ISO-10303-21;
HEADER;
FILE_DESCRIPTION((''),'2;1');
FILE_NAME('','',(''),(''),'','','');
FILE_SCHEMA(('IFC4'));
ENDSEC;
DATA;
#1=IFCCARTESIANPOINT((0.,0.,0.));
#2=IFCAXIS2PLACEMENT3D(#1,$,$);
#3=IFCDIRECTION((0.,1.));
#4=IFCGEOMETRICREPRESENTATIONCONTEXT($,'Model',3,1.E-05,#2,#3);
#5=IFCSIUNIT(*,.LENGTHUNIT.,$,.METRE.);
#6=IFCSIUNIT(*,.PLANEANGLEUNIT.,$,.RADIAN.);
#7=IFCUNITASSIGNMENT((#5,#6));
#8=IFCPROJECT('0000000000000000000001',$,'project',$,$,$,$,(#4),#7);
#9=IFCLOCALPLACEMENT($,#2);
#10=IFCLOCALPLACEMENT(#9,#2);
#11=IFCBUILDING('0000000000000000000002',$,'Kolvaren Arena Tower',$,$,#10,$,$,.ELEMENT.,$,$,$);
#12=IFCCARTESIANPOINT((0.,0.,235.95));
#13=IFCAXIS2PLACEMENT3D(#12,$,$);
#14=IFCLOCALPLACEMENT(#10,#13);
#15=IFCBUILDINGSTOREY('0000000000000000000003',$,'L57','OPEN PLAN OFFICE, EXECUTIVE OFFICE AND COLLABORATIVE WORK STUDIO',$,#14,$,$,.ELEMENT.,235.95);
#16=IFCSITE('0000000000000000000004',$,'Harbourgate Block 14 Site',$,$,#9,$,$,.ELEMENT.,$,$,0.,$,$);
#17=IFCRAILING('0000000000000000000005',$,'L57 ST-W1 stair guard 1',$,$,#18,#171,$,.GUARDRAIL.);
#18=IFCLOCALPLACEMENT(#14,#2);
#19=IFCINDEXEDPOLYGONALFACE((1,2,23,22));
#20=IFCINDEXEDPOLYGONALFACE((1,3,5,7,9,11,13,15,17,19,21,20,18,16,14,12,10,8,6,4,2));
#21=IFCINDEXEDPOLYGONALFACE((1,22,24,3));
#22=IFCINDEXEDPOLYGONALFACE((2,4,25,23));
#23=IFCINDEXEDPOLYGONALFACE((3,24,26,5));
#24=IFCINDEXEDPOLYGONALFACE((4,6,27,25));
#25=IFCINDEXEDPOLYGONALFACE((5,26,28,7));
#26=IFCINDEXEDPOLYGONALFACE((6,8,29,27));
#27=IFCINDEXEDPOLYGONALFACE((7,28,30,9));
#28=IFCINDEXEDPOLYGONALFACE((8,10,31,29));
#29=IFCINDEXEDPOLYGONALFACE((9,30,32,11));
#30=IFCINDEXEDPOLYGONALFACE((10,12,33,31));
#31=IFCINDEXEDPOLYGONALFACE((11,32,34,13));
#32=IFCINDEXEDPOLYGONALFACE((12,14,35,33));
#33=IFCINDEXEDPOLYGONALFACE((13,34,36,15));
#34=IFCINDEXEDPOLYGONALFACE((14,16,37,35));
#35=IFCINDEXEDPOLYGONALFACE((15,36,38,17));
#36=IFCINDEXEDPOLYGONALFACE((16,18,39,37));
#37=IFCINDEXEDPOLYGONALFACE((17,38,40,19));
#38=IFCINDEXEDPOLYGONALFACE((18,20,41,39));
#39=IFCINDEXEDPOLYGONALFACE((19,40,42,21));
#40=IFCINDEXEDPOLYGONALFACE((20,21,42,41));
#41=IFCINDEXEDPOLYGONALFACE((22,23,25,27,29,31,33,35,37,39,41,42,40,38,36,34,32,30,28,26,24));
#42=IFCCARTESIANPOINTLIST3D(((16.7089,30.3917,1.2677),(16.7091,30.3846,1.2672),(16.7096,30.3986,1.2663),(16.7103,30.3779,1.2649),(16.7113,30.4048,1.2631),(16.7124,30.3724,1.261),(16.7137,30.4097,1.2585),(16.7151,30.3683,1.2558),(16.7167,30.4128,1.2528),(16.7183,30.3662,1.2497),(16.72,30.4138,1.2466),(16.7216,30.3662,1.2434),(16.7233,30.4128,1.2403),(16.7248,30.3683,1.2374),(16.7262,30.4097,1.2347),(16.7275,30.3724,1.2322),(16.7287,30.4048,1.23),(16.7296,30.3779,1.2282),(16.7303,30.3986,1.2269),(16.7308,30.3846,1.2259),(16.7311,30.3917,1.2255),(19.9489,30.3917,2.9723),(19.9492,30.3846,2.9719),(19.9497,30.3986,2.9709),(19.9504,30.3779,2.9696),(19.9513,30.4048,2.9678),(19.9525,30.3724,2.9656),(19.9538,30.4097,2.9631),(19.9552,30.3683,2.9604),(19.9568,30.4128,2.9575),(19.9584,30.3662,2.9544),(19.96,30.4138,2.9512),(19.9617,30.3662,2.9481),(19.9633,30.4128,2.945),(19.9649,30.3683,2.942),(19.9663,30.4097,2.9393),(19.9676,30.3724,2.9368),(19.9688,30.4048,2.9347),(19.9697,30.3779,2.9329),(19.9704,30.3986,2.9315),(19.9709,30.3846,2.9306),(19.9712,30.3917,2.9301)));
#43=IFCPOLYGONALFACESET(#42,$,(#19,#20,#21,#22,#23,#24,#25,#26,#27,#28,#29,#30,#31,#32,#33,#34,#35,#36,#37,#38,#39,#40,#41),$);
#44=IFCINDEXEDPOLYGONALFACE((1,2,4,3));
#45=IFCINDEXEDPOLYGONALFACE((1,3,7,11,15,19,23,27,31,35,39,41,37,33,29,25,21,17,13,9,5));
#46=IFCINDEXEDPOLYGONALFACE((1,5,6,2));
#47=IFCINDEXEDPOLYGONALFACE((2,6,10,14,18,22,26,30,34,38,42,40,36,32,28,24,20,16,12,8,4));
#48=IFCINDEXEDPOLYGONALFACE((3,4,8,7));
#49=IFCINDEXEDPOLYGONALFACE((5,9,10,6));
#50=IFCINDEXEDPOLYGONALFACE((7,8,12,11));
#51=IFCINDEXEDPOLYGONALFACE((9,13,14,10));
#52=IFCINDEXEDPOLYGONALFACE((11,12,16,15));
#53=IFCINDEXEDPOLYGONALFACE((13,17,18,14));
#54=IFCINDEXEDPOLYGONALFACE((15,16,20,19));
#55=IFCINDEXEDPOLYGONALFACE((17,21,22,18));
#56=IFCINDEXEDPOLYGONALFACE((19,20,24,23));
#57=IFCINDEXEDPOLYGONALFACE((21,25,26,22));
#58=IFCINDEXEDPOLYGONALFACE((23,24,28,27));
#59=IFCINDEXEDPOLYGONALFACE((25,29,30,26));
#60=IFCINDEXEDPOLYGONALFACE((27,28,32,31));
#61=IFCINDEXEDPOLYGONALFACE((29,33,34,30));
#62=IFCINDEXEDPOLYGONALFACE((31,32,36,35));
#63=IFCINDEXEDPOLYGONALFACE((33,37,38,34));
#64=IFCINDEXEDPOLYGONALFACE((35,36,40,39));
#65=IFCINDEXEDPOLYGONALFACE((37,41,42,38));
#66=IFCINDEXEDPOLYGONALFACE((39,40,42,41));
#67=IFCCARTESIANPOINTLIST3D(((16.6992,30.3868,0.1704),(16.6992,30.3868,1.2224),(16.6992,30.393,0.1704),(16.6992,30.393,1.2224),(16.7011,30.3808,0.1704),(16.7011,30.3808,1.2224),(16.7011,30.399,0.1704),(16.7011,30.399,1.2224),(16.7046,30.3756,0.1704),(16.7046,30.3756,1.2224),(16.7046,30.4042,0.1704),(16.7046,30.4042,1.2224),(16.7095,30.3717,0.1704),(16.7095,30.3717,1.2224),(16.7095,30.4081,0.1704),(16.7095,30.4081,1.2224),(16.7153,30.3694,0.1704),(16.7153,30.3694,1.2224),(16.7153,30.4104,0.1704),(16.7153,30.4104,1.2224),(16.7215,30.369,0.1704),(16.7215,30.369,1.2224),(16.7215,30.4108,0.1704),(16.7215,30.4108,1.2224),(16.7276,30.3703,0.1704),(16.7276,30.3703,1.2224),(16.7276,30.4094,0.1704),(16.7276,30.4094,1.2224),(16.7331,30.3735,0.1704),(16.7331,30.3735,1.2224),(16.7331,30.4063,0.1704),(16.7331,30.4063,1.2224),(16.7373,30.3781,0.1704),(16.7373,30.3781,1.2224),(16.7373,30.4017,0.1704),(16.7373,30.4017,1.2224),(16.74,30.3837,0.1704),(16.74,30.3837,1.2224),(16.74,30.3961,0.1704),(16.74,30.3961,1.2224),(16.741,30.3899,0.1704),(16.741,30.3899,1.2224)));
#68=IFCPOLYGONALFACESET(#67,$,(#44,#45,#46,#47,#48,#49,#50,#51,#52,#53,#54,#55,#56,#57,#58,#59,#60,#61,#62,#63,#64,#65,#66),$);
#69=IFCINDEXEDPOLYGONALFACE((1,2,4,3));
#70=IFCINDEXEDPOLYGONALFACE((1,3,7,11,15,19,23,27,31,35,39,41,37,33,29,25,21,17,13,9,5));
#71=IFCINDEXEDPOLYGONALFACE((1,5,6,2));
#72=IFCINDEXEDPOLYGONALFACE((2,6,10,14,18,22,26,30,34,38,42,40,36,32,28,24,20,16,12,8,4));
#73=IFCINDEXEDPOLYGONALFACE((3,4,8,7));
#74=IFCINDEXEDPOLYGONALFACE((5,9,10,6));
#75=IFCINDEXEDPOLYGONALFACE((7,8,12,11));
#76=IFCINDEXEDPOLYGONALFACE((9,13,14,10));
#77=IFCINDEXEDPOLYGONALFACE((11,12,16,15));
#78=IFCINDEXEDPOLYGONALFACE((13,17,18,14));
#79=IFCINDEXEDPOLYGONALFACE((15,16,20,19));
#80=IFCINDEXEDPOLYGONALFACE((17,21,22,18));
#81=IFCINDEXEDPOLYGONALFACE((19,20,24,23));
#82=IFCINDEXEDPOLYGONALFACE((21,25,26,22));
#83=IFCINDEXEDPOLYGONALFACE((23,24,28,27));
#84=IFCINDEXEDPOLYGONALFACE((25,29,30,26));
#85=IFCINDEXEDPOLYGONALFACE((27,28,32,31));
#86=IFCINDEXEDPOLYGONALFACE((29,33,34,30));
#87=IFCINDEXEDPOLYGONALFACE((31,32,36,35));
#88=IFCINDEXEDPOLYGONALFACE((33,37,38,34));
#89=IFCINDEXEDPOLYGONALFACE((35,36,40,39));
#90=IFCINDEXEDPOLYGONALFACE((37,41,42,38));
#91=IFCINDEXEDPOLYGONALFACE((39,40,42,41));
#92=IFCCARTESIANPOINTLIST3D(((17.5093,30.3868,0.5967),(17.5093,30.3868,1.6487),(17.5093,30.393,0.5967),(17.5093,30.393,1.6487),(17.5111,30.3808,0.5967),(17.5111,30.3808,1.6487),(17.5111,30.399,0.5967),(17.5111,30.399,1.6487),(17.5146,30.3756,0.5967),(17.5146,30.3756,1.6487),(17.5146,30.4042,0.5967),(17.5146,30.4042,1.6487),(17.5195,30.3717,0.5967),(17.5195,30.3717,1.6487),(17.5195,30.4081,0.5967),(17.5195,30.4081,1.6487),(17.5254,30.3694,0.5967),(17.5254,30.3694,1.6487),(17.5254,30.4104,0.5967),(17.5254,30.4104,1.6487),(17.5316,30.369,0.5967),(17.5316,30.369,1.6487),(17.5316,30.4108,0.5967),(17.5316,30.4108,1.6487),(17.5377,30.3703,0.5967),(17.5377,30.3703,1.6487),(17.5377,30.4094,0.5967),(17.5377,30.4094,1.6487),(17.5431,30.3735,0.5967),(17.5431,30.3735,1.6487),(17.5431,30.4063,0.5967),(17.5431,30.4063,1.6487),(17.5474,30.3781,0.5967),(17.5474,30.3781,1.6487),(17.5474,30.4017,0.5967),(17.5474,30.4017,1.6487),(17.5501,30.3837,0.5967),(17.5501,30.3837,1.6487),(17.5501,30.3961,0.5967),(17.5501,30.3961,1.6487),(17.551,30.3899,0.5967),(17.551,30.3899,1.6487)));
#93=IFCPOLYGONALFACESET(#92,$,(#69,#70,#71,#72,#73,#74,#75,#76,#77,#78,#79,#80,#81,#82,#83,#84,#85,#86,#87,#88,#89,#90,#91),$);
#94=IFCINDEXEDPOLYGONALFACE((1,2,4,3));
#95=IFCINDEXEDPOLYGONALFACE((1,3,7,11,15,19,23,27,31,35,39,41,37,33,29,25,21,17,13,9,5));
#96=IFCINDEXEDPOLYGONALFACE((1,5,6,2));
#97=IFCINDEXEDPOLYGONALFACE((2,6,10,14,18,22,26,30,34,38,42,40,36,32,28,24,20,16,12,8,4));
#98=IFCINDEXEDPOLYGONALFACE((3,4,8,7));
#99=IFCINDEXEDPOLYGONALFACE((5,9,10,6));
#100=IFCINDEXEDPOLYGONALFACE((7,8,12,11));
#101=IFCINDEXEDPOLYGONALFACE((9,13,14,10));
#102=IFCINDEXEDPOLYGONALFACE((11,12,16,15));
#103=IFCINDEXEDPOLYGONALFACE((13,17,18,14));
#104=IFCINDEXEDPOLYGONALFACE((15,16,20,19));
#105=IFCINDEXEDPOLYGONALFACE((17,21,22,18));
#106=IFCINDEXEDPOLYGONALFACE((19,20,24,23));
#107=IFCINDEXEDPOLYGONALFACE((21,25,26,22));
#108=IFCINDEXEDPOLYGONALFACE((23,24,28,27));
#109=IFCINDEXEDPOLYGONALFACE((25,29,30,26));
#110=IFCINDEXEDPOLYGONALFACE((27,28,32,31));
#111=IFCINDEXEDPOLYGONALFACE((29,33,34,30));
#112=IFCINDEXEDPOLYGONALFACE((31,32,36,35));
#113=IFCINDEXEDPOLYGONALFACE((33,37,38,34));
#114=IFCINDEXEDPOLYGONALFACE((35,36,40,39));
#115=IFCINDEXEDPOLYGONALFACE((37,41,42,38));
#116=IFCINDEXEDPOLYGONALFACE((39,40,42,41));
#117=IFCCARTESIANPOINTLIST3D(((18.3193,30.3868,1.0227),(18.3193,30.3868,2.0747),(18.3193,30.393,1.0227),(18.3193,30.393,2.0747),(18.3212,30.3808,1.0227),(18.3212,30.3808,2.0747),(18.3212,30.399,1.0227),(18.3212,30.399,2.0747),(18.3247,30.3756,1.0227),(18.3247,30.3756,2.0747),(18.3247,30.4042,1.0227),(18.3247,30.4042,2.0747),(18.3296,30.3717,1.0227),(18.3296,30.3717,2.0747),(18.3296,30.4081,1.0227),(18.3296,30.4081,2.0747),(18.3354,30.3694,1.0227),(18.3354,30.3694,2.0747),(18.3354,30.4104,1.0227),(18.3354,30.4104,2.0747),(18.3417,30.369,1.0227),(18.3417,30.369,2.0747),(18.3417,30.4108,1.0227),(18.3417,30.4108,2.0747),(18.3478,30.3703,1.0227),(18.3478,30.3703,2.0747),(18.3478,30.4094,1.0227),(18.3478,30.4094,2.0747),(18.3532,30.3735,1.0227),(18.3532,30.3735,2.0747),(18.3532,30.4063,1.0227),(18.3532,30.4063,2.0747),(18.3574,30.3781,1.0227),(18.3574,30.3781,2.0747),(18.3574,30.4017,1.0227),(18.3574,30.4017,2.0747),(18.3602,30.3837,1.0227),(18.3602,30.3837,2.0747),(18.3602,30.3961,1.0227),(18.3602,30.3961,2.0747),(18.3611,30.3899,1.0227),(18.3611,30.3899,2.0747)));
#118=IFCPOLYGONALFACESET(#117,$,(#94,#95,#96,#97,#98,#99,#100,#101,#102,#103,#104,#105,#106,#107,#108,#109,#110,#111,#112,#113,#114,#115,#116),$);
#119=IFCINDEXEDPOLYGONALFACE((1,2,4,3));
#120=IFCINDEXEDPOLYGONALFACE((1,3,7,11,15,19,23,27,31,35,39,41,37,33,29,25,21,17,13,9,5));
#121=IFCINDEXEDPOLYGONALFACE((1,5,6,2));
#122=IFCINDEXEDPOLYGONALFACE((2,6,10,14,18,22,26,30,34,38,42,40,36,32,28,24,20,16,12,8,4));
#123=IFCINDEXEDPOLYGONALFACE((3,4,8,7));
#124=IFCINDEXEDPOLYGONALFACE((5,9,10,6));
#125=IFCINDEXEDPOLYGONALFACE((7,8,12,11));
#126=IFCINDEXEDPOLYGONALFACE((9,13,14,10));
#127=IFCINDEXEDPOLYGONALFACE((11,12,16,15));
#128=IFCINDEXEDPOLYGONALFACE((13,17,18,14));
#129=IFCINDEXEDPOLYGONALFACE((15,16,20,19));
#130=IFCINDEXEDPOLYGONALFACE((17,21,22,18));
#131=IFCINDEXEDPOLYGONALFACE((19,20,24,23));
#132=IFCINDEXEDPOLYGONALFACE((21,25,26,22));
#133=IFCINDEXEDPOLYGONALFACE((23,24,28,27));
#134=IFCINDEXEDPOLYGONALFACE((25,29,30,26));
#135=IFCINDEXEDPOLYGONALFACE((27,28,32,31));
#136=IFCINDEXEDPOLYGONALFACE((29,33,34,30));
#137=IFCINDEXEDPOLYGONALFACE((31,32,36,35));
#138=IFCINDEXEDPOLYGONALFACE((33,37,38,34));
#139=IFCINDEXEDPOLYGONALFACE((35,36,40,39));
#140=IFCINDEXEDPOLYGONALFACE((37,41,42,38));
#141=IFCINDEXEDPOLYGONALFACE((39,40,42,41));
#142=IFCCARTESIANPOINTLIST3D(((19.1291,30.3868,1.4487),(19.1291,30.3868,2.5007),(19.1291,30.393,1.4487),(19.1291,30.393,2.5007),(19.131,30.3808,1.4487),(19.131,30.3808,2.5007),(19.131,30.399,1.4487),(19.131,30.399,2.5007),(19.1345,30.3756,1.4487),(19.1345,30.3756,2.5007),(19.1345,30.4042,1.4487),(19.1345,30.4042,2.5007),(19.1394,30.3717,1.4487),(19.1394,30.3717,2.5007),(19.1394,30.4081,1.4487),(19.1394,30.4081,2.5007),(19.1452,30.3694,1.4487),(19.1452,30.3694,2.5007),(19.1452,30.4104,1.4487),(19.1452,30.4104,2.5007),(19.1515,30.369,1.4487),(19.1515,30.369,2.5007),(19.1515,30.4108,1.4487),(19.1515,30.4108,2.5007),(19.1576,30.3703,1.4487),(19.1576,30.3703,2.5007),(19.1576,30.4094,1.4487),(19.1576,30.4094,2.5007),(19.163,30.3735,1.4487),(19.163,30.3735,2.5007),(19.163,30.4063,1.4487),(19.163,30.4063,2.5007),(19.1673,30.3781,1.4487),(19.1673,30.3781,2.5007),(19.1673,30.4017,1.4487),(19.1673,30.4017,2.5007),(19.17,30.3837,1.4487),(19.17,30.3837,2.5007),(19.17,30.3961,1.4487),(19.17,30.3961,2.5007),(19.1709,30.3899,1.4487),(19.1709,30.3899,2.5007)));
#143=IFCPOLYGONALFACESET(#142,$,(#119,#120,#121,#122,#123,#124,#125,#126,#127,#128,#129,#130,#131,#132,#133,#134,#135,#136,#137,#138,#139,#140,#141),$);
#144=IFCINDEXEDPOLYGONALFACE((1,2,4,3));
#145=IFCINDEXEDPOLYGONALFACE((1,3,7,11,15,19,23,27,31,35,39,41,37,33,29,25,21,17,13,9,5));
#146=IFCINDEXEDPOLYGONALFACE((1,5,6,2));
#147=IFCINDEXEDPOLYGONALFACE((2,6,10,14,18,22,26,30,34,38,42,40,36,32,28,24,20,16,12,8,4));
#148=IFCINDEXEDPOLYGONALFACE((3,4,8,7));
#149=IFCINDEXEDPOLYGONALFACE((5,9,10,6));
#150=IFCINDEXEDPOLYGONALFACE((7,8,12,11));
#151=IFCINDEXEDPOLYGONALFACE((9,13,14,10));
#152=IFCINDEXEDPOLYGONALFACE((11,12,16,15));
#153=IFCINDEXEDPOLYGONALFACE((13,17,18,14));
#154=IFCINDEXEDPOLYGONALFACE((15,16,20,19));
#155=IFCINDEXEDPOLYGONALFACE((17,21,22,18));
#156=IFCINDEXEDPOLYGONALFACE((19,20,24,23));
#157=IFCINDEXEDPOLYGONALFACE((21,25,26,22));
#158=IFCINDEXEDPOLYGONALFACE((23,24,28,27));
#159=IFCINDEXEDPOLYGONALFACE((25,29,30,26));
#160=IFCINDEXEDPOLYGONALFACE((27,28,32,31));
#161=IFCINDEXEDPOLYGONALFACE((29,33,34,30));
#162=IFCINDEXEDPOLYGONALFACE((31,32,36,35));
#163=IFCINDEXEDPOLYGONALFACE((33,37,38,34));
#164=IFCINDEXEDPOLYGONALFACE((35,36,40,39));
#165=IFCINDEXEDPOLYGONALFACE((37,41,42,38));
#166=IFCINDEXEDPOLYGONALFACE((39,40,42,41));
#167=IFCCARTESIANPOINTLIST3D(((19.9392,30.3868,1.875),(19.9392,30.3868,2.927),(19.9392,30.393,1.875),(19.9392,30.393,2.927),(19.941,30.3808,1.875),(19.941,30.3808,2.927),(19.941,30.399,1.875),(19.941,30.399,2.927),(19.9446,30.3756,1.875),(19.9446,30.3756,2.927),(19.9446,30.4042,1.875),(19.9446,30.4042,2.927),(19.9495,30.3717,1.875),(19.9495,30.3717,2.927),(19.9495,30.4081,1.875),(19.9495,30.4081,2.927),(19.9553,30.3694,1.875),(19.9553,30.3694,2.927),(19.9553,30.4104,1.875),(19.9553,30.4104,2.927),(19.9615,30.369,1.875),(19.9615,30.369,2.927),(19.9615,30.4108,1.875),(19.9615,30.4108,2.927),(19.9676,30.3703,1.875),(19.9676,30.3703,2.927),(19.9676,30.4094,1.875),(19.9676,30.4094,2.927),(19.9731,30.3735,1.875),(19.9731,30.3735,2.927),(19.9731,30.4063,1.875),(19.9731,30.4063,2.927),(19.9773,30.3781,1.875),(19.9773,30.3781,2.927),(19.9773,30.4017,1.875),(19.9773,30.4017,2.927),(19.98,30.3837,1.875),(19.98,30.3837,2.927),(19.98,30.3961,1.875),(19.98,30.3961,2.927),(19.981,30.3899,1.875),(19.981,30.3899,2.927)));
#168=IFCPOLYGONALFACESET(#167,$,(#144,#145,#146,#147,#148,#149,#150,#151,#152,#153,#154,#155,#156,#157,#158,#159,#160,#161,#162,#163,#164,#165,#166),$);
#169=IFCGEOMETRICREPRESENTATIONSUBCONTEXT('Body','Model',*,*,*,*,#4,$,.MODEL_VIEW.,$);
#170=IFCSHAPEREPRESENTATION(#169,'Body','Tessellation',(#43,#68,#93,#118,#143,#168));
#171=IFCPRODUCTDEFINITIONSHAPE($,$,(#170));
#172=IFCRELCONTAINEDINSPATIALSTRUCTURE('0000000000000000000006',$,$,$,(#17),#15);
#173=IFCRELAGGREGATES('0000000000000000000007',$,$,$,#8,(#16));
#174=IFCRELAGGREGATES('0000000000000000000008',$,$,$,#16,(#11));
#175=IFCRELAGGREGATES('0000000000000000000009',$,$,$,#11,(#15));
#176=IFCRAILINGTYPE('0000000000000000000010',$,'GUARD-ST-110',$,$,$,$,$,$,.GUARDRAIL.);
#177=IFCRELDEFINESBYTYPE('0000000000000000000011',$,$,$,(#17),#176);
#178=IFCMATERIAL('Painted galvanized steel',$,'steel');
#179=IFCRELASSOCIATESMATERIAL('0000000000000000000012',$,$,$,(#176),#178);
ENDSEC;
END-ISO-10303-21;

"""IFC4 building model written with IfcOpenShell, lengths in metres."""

from ifc_helpers import new_model, si_unit, direction, frame, origin, origin_2d, place, context, subcontext, project, spatial, circle, extrude, material, type_object, element, save


model = new_model("IFC4")

# Units and contexts
model_context = context("Model", 3, precision=1e-05, world=origin(), true_north=direction((0.0, 1.0)))
body_context = subcontext(model_context, "Body", "Model", "MODEL_VIEW")
ifc_project = project(units=[si_unit("LENGTHUNIT", "METRE"), si_unit("PLANEANGLEUNIT", "RADIAN")], contexts=[model_context])

# Site, building, storey
site_placement = place(None, origin())
site = spatial("IfcSite", under=ifc_project, at=site_placement, Name="Harbourgate Block 14 Site", CompositionType="ELEMENT", RefElevation=0.0)
building_placement = place(site_placement, origin())
building = spatial("IfcBuilding", under=site, at=building_placement, Name="Kolvaren Arena Tower", CompositionType="ELEMENT")
storey_placement = place(building_placement, frame((0.0, 0.0, 235.95)))
storey = spatial("IfcBuildingStorey", under=building, at=storey_placement, Name="L57", Description="OPEN PLAN OFFICE, EXECUTIVE OFFICE AND COLLABORATIVE WORK STUDIO", CompositionType="ELEMENT", Elevation=235.95)

# Railing
ifc_material_1 = material(Name="Painted galvanized steel", Category="steel")
railing_type_1 = type_object("IfcRailingType", Name="GUARD-ST-110", PredefinedType="GUARDRAIL", material=ifc_material_1)
railing_1_placement = place(storey_placement, frame((16.72, 30.3899, 0.1704)))
element("IfcRailing", 1, at=railing_1_placement, inside=storey, type_object=railing_type_1, Name="L57 ST-W1 stair guard 1", PredefinedType="GUARDRAIL", context=body_context, shape_type="SweptSolid", body=[
    extrude(circle(Radius=0.0239, at=origin_2d()), frame((0.0, 0.0, 1.0762), z_axis=(0.884993, 0.0, 0.465604), x_axis=(0.0, 1.0, 0.0)), (0.0, 0.0, 1.0), 3.6611),
    extrude(circle(Radius=0.021, at=origin_2d()), origin(), (0.0, 0.0, 1.0), 1.052),
    extrude(circle(Radius=0.021, at=origin_2d()), frame((0.8101, 0.0, 0.4263)), (0.0, 0.0, 1.0), 1.052),
    extrude(circle(Radius=0.021, at=origin_2d()), frame((1.6201, 0.0, 0.8523)), (0.0, 0.0, 1.0), 1.052),
    extrude(circle(Radius=0.021, at=origin_2d()), frame((2.4299, 0.0, 1.2783)), (0.0, 0.0, 1.0), 1.052),
    extrude(circle(Radius=0.021, at=origin_2d()), frame((3.24, 0.0, 1.7046)), (0.0, 0.0, 1.0), 1.052),
])

save(model, "model.ifc")
